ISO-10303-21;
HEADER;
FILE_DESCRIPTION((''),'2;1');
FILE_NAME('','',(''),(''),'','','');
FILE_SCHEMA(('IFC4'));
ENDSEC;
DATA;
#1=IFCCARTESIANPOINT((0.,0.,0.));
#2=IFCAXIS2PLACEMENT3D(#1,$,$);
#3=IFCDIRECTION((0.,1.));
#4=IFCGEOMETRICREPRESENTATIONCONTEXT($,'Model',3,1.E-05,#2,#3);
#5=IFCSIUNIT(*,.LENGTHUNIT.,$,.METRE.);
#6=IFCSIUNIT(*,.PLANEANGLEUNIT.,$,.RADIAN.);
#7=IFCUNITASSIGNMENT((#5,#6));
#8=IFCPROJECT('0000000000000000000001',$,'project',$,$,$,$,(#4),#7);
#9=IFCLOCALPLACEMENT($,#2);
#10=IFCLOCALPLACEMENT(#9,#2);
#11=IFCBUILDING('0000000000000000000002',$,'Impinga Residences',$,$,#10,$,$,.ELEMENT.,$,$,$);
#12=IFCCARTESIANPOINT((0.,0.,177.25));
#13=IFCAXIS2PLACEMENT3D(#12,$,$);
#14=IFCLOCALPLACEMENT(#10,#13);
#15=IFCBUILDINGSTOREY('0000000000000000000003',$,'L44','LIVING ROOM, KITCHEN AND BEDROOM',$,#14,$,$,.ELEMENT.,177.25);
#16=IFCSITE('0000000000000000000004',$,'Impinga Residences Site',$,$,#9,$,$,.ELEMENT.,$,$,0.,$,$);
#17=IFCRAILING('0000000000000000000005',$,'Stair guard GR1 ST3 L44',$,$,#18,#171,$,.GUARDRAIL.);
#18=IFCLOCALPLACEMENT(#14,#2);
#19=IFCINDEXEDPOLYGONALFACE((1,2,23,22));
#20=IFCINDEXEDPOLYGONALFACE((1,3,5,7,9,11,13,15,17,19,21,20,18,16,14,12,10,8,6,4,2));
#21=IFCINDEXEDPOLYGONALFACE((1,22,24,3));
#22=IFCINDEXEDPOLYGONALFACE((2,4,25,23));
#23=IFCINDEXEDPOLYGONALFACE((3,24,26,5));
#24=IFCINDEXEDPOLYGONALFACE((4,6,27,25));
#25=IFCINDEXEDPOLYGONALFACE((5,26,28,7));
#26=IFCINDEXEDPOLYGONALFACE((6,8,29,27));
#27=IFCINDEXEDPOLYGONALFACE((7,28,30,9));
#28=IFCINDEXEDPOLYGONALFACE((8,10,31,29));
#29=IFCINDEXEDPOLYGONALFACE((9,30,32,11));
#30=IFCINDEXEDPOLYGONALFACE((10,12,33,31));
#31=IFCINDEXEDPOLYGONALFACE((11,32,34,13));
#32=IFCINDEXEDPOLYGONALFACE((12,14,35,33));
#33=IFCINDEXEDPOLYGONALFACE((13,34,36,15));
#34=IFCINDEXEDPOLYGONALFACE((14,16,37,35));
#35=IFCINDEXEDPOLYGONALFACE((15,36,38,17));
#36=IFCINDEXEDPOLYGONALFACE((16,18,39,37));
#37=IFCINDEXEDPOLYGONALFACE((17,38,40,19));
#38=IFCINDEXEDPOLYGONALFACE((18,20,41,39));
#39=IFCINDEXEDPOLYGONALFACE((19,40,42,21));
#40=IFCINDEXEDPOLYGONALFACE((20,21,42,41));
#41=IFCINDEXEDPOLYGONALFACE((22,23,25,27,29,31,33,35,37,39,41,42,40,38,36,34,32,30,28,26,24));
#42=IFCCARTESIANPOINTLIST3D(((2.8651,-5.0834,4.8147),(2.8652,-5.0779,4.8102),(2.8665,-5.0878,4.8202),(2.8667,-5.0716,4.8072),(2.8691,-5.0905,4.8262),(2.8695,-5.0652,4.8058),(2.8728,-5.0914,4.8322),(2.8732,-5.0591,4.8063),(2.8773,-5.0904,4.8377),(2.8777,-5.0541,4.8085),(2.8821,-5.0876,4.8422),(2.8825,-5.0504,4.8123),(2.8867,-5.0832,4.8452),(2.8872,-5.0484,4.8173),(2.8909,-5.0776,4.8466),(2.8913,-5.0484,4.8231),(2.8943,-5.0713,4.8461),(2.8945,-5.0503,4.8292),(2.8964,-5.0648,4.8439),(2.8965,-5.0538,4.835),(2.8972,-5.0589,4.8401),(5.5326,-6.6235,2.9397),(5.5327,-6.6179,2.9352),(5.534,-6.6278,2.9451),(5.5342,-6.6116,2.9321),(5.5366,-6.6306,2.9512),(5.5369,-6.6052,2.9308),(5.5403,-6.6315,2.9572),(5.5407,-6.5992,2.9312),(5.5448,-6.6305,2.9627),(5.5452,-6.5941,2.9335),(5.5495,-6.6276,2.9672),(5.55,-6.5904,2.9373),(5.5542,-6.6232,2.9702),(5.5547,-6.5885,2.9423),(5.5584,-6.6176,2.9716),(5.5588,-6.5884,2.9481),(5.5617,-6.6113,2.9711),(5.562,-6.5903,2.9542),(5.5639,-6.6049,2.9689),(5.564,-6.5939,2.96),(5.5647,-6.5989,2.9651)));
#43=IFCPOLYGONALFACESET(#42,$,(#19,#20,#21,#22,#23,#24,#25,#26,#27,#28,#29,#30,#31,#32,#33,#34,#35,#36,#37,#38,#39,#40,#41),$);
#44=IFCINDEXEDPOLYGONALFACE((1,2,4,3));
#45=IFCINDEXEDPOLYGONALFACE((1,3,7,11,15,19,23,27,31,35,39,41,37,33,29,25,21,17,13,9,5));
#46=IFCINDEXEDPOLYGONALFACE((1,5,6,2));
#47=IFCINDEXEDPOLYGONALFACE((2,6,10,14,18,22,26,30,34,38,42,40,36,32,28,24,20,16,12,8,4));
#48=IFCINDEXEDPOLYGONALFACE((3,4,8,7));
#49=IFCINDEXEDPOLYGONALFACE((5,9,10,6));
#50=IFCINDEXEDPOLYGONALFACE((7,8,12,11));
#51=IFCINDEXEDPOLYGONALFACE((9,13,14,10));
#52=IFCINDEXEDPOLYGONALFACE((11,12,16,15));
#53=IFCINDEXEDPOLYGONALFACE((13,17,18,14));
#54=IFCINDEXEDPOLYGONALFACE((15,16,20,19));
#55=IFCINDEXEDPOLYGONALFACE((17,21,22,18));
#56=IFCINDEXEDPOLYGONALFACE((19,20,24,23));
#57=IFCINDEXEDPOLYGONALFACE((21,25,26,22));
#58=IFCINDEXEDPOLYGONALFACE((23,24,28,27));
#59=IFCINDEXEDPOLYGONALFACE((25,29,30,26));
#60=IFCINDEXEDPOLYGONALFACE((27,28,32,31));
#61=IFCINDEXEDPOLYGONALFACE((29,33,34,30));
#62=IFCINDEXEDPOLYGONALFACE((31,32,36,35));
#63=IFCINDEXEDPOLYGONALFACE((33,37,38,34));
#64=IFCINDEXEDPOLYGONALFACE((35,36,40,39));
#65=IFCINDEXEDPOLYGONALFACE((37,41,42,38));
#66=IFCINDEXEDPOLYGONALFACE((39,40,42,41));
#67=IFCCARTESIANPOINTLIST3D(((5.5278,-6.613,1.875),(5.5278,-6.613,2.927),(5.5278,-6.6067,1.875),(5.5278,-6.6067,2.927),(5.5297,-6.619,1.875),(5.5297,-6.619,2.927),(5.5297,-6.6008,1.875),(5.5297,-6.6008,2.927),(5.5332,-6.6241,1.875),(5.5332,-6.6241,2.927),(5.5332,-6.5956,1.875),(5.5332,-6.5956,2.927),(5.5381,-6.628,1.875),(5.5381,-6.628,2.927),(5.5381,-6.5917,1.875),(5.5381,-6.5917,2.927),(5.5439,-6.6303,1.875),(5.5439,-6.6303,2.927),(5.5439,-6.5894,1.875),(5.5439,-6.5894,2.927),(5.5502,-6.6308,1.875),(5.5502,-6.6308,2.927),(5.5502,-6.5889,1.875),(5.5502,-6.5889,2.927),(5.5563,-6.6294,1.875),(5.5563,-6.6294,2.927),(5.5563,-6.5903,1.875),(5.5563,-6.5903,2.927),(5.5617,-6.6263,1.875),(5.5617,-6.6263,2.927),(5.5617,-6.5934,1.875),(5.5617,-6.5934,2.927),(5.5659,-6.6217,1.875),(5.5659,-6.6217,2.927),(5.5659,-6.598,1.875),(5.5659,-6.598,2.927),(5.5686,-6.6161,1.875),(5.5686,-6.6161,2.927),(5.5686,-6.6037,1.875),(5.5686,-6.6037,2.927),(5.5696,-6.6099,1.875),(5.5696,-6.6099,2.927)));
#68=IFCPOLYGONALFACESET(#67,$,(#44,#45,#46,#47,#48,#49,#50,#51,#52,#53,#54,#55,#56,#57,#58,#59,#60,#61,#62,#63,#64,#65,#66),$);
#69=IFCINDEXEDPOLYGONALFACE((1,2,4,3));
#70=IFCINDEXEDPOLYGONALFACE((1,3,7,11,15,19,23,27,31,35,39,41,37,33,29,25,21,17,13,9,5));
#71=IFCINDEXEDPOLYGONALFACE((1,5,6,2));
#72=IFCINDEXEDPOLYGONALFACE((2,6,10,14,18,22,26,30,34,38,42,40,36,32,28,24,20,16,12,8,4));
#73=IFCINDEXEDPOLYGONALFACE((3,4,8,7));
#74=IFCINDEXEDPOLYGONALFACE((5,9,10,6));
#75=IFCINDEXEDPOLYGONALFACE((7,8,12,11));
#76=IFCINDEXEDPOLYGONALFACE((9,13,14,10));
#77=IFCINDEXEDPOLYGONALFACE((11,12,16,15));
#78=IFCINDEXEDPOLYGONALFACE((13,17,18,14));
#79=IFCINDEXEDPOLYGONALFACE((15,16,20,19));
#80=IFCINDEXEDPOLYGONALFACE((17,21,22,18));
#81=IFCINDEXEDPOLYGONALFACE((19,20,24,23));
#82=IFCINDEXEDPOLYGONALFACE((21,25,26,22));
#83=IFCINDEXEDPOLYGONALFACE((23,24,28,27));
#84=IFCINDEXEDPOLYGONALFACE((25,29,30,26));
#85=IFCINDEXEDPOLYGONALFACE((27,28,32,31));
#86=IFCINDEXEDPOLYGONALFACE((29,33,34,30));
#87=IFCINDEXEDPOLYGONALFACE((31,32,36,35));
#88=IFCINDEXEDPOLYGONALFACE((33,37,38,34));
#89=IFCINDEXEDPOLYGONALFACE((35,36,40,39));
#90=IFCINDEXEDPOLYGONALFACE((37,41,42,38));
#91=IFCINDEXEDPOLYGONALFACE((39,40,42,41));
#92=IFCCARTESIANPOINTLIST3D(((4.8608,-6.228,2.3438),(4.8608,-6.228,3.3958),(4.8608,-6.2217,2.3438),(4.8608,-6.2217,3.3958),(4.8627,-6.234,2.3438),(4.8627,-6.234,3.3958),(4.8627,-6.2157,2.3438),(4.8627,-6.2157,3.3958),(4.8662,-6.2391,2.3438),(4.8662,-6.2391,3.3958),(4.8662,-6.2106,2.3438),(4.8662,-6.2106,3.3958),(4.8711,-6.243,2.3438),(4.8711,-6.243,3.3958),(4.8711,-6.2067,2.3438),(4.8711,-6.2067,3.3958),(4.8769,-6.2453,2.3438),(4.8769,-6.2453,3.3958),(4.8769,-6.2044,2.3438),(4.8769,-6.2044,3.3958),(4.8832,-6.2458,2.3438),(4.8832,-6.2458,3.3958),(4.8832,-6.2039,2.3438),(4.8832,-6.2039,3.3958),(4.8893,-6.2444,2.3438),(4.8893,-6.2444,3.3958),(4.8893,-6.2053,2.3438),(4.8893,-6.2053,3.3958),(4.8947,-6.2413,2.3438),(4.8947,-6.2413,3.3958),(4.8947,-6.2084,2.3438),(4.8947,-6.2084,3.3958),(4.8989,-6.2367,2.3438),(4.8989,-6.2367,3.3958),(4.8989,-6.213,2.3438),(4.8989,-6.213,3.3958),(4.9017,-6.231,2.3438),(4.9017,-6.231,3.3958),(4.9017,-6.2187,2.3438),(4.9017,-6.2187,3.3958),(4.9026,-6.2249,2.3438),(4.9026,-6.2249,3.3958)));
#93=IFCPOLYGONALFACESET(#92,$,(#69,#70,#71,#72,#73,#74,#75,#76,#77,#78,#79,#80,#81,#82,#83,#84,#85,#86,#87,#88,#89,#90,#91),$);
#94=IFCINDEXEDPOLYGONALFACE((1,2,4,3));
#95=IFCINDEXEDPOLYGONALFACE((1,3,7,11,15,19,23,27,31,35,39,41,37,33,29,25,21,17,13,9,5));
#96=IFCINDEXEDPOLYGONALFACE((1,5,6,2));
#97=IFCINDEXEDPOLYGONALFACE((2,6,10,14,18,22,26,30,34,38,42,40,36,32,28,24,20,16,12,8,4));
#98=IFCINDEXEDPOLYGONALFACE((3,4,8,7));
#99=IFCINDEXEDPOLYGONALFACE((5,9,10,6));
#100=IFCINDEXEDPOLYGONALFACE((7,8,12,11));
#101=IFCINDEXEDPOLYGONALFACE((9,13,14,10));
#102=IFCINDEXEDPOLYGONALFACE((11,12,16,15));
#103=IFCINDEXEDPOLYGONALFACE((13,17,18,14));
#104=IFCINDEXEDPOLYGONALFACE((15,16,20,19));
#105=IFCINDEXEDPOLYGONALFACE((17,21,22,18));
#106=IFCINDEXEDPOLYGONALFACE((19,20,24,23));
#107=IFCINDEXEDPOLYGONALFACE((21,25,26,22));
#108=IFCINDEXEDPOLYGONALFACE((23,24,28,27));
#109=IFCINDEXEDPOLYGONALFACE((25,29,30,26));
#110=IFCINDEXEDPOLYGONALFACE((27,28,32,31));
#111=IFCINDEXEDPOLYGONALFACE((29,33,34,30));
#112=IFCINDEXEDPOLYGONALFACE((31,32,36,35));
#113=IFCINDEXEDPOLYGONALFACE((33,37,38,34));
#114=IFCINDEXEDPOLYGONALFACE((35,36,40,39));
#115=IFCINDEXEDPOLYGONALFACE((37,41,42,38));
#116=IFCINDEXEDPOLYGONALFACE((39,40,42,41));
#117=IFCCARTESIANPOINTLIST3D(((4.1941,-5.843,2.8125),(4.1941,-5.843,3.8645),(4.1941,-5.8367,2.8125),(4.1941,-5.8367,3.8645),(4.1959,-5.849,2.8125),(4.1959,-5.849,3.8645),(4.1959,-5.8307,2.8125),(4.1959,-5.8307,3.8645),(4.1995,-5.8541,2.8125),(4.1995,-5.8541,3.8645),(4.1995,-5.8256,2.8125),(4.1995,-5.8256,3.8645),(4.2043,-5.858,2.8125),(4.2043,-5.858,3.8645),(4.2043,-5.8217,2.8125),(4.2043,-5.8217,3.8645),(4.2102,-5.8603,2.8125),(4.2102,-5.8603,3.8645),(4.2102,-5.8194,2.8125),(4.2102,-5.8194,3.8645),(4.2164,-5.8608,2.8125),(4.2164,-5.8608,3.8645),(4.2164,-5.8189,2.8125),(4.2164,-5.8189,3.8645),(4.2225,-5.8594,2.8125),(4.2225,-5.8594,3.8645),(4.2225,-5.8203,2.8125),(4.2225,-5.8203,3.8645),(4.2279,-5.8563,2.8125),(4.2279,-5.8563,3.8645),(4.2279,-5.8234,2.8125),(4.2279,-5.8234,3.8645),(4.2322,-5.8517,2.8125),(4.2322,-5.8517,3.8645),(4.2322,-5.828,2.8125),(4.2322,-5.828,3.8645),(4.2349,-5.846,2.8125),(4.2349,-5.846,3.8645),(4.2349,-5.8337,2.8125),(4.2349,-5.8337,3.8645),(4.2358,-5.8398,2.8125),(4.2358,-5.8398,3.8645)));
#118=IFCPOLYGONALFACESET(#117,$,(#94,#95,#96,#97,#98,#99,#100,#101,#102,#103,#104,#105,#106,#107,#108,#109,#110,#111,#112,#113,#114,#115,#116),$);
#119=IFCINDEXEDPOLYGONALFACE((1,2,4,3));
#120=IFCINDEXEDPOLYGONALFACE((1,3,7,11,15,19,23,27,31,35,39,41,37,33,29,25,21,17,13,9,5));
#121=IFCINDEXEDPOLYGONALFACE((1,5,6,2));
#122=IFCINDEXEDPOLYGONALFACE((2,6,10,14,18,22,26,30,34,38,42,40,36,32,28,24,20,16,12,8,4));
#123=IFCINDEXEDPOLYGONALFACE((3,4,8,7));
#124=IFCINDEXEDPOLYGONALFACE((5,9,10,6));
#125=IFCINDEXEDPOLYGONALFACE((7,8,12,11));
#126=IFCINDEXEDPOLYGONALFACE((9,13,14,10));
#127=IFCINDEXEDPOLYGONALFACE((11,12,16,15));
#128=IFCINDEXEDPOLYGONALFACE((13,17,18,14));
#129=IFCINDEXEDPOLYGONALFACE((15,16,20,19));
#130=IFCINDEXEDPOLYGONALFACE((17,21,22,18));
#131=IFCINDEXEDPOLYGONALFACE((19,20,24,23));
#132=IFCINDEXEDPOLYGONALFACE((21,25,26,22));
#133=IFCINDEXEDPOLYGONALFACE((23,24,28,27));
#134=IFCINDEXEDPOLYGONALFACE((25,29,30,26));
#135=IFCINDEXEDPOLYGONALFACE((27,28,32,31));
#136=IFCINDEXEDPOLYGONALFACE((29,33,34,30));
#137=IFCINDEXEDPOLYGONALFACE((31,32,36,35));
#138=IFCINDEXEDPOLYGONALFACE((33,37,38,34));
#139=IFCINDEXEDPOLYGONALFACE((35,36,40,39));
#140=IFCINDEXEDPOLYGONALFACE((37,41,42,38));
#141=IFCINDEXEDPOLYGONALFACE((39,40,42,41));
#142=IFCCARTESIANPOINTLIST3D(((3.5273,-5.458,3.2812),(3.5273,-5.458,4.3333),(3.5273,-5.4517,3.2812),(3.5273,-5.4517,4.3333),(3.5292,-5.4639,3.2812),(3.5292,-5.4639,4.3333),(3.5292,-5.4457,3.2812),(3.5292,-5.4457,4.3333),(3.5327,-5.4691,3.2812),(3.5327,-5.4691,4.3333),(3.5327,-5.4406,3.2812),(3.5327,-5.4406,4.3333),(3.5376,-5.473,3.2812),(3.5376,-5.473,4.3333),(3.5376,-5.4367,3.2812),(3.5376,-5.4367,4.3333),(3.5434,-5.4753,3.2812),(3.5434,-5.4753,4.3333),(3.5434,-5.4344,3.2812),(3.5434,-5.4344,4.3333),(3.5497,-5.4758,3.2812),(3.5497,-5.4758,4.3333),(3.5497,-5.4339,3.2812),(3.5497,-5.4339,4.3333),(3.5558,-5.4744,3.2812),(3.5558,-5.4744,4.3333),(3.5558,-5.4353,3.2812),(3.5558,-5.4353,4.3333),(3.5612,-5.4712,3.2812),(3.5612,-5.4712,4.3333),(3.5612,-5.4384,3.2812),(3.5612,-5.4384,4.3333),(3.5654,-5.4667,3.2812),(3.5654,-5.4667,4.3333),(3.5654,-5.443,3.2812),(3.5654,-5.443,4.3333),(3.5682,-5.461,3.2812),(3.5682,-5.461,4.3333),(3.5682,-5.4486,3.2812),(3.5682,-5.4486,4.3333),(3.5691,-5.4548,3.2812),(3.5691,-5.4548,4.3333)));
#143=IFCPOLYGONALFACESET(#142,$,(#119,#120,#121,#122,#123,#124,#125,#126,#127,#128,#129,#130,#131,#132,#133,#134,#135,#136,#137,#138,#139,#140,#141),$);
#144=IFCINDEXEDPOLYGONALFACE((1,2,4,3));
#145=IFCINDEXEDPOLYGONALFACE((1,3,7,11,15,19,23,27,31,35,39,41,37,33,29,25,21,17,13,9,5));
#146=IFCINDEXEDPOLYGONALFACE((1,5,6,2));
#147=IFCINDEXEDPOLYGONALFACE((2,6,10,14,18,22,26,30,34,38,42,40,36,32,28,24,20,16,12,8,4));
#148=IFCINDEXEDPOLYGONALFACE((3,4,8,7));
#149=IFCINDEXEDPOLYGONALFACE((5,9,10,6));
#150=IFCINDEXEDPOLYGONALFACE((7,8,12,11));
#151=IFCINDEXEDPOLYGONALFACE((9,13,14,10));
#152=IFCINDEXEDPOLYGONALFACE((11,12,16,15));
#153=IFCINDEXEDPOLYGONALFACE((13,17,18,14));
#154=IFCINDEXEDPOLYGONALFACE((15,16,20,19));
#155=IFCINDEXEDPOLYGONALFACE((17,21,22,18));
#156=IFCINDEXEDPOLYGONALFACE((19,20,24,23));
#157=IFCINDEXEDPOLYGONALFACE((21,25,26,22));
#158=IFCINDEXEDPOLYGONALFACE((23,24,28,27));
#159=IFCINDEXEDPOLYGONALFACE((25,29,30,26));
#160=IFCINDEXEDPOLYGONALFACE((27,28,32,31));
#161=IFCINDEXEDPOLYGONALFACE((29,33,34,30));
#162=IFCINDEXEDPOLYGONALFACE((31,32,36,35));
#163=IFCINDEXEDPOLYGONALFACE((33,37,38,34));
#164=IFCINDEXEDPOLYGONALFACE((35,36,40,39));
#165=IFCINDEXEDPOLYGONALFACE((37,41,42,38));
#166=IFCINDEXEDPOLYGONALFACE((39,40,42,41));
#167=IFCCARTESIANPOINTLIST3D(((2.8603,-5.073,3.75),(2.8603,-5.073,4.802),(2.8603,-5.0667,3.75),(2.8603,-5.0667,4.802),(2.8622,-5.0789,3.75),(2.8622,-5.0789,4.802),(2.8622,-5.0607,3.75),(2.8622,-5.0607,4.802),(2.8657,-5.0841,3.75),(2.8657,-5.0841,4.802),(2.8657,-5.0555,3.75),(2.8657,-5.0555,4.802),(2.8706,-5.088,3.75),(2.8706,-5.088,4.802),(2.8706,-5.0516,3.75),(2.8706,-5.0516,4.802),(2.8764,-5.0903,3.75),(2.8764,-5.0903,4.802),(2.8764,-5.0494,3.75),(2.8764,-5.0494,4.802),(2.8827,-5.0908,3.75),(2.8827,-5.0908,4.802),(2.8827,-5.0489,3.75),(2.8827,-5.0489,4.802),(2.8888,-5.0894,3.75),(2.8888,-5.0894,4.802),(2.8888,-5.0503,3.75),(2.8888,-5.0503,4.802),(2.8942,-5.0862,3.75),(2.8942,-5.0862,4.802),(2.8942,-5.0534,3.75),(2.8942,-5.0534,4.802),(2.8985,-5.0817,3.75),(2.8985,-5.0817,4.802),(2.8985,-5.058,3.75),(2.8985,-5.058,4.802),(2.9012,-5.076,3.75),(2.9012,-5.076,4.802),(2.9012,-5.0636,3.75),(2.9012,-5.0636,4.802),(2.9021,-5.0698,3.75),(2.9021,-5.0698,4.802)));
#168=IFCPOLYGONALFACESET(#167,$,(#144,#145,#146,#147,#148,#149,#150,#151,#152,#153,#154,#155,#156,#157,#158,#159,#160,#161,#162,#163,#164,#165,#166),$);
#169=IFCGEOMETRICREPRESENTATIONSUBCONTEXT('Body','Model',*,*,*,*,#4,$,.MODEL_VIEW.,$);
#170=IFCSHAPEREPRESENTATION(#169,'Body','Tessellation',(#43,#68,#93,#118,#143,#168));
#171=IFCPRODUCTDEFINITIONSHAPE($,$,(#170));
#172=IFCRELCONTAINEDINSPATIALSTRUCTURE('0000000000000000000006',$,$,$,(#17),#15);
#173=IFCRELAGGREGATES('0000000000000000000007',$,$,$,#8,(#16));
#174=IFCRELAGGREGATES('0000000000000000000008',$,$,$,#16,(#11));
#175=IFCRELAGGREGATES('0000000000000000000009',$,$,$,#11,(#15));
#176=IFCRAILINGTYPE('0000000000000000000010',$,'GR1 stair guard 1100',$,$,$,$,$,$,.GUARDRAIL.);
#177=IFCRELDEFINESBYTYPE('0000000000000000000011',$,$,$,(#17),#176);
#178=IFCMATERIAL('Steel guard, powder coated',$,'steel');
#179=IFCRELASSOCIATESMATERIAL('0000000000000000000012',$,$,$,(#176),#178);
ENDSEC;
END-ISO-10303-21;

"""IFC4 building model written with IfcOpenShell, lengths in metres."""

from ifc_helpers import new_model, si_unit, direction, frame, origin, origin_2d, place, context, subcontext, project, spatial, circle, extrude, material, type_object, element, save


model = new_model("IFC4")

# Units and contexts
model_context = context("Model", 3, precision=1e-05, world=origin(), true_north=direction((0.0, 1.0)))
body_context = subcontext(model_context, "Body", "Model", "MODEL_VIEW")
ifc_project = project(units=[si_unit("LENGTHUNIT", "METRE"), si_unit("PLANEANGLEUNIT", "RADIAN")], contexts=[model_context])

# Site, building, storey
site_placement = place(None, origin())
site = spatial("IfcSite", under=ifc_project, at=site_placement, Name="Impinga Residences Site", CompositionType="ELEMENT", RefElevation=0.0)
building_placement = place(site_placement, origin())
building = spatial("IfcBuilding", under=site, at=building_placement, Name="Impinga Residences", CompositionType="ELEMENT")
storey_placement = place(building_placement, frame((0.0, 0.0, 177.25)))
storey = spatial("IfcBuildingStorey", under=building, at=storey_placement, Name="L44", Description="LIVING ROOM, KITCHEN AND BEDROOM", CompositionType="ELEMENT", Elevation=177.25)

# Railing
ifc_material_1 = material(Name="Steel guard, powder coated", Category="steel")
railing_type_1 = type_object("IfcRailingType", Name="GR1 stair guard 1100", PredefinedType="GUARDRAIL", material=ifc_material_1)
railing_1_placement = place(storey_placement, frame((5.5486, -6.6099, 1.875)))
element("IfcRailing", 1, at=railing_1_placement, inside=storey, type_object=railing_type_1, Name="Stair guard GR1 ST3 L44", PredefinedType="GUARDRAIL", context=body_context, shape_type="SweptSolid", body=[
    extrude(circle(Radius=0.0239, at=origin_2d()), frame((0.0, 0.0, 1.0762), z_axis=(-0.739746, 0.427084, 0.519975), x_axis=(-0.499992, -0.86603, 0.0)), (0.0, 0.0, 1.0), 3.606),
    extrude(circle(Radius=0.021, at=origin_2d()), origin(), (0.0, 0.0, 1.0), 1.052),
    extrude(circle(Radius=0.021, at=origin_2d()), frame((-0.667, 0.385, 0.4688)), (0.0, 0.0, 1.0), 1.052),
    extrude(circle(Radius=0.021, at=origin_2d()), frame((-1.3337, 0.77, 0.9375)), (0.0, 0.0, 1.0), 1.052),
    extrude(circle(Radius=0.021, at=origin_2d()), frame((-2.0005, 1.155, 1.4062)), (0.0, 0.0, 1.0), 1.052),
    extrude(circle(Radius=0.021, at=origin_2d()), frame((-2.6675, 1.54, 1.875)), (0.0, 0.0, 1.0), 1.052),
])

save(model, "model.ifc")
